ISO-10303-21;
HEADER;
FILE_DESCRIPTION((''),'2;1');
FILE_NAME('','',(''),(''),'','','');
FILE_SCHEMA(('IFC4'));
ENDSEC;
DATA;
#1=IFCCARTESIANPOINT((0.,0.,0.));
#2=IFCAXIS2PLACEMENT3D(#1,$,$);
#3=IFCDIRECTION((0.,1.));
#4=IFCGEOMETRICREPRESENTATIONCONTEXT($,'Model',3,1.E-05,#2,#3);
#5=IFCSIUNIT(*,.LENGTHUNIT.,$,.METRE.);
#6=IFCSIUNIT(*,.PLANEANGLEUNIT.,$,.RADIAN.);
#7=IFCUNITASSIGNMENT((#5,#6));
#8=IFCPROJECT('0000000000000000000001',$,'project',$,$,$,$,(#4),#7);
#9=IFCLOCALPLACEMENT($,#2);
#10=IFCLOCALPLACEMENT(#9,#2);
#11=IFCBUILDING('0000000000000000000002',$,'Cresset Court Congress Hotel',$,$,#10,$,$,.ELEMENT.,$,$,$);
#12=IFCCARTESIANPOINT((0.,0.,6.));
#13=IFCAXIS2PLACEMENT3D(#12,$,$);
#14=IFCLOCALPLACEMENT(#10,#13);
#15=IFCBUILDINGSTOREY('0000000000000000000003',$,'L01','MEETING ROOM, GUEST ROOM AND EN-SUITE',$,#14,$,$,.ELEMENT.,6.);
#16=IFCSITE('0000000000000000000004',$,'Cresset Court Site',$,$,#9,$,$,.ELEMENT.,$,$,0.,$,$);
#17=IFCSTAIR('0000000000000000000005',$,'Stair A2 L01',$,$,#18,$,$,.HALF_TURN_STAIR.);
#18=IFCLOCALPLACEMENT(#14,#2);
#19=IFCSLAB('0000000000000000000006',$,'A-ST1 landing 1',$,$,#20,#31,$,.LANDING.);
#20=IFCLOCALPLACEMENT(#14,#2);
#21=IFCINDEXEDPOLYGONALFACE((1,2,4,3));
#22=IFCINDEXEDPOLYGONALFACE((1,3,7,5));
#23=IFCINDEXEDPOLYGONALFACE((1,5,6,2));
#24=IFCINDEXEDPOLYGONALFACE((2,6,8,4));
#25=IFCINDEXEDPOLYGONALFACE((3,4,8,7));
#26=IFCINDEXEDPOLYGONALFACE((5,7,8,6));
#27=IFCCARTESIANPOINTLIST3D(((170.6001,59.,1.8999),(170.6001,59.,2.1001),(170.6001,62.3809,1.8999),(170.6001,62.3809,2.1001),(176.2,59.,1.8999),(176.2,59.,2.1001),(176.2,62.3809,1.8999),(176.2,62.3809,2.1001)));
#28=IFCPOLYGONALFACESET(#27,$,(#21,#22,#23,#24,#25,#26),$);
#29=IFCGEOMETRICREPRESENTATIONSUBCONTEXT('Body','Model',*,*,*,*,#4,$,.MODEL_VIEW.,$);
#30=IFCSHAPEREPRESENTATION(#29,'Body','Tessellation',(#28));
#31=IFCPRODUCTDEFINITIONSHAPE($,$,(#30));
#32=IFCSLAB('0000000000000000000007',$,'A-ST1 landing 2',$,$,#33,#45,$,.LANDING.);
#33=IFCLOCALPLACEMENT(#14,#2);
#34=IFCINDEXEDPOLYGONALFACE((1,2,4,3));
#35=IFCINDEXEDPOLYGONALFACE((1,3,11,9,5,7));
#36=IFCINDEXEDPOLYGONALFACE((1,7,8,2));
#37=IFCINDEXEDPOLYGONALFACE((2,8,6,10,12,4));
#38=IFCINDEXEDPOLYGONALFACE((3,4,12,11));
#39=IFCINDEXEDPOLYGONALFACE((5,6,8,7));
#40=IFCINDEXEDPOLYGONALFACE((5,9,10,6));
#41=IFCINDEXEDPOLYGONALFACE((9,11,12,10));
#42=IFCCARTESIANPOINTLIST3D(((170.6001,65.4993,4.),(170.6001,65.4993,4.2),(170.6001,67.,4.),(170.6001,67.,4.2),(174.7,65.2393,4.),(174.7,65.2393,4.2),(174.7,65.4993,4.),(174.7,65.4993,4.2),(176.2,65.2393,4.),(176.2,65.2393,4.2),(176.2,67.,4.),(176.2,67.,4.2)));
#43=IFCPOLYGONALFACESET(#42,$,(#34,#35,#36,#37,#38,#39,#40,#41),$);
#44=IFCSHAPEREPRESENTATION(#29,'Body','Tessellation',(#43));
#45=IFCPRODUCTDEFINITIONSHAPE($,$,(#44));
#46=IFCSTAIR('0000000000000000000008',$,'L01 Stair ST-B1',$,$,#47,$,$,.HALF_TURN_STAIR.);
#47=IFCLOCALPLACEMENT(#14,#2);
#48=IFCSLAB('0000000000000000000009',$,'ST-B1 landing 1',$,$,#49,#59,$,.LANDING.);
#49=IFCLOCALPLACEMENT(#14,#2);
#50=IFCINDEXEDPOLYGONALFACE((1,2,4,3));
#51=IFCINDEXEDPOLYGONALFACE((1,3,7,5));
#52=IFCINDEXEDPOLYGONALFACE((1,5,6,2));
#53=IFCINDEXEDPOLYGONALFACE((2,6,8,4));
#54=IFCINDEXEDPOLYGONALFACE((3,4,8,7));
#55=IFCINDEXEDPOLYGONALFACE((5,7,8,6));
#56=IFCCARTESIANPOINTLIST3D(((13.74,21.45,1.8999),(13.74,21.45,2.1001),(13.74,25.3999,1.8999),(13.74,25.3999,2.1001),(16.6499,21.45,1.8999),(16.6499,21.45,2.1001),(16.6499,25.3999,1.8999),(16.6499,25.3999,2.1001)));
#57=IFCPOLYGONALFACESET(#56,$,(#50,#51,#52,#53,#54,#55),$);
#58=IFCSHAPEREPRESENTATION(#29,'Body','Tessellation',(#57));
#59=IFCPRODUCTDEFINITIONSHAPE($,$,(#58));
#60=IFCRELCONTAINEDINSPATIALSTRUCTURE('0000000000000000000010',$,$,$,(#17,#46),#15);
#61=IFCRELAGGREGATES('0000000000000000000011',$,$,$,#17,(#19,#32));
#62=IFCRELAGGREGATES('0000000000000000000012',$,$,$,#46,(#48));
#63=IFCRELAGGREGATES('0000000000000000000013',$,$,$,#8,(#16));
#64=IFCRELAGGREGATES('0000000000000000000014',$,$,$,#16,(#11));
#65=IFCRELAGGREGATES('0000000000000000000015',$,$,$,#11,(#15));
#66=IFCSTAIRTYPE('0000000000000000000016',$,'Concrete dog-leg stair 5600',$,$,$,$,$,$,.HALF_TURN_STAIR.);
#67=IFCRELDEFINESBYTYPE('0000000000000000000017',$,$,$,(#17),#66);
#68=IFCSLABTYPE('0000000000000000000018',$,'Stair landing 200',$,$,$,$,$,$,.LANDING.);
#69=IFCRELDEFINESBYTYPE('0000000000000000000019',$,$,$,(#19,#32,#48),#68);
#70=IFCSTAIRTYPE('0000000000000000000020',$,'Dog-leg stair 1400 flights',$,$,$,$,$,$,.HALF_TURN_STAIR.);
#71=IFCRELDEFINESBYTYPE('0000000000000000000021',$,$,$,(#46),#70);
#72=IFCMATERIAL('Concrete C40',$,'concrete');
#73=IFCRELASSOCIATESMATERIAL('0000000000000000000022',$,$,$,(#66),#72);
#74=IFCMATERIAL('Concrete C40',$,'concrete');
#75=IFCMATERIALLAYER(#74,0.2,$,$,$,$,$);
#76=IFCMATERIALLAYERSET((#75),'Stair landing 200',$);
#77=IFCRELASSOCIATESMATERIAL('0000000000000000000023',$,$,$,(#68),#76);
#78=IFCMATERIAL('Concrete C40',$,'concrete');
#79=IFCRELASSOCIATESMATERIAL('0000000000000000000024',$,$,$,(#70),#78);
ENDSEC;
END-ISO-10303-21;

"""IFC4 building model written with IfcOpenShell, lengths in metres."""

from ifc_helpers import new_model, si_unit, direction, frame, origin, place, context, subcontext, project, spatial, polyline, outline, extrude, material, layer, layer_set, type_object, element, aggregate, save


model = new_model("IFC4")

# Units and contexts
model_context = context("Model", 3, precision=1e-05, world=origin(), true_north=direction((0.0, 1.0)))
body_context = subcontext(model_context, "Body", "Model", "MODEL_VIEW")
ifc_project = project(units=[si_unit("LENGTHUNIT", "METRE"), si_unit("PLANEANGLEUNIT", "RADIAN")], contexts=[model_context])

# Site, building, storey
site_placement = place(None, origin())
site = spatial("IfcSite", under=ifc_project, at=site_placement, Name="Cresset Court Site", CompositionType="ELEMENT", RefElevation=0.0)
building_placement = place(site_placement, origin())
building = spatial("IfcBuilding", under=site, at=building_placement, Name="Cresset Court Congress Hotel", CompositionType="ELEMENT")
storey_placement = place(building_placement, frame((0.0, 0.0, 6.0)))
storey = spatial("IfcBuildingStorey", under=building, at=storey_placement, Name="L01", Description="MEETING ROOM, GUEST ROOM AND EN-SUITE", CompositionType="ELEMENT", Elevation=6.0)

# Stair, slabs
ifc_material_1 = material(Name="Concrete C40", Category="concrete")
stair_type_1 = type_object("IfcStairType", Name="Concrete dog-leg stair 5600", PredefinedType="HALF_TURN_STAIR", material=ifc_material_1)
ifc_material_2 = material(Name="Concrete C40", Category="concrete")
ifc_layer_1 = layer(ifc_material_2, 0.2)
ifc_layer_set_1 = layer_set([ifc_layer_1], Name="Stair landing 200")
slab_type_1 = type_object("IfcSlabType", Name="Stair landing 200", PredefinedType="LANDING", material=ifc_layer_set_1)
stair_1_placement = place(storey_placement, origin())
stair_1 = element("IfcStair", 1, at=stair_1_placement, inside=storey, type_object=stair_type_1, Name="Stair A2 L01", PredefinedType="HALF_TURN_STAIR")
slab_1_placement = place(storey_placement, frame((0.0, 0.0, 1.8999)))
slab_1 = element("IfcSlab", 2, at=slab_1_placement, type_object=slab_type_1, Name="A-ST1 landing 1", PredefinedType="LANDING", context=body_context, shape_type="SweptSolid", body=[
    extrude(outline(polyline([(170.6001, 62.3809), (176.2, 62.3809), (176.2, 59.0), (170.6001, 59.0), (170.6001, 62.3809)])), origin(), (0.0, 0.0, 1.0), 0.2002),
])
slab_2_placement = place(storey_placement, frame((0.0, 0.0, 4.0)))
slab_2 = element("IfcSlab", 3, at=slab_2_placement, type_object=slab_type_1, Name="A-ST1 landing 2", PredefinedType="LANDING", context=body_context, shape_type="SweptSolid", body=[
    extrude(outline(polyline([(170.6001, 67.0), (176.2, 67.0), (176.2, 65.2393), (174.7, 65.2393), (174.7, 65.4993), (170.6001, 65.4993), (170.6001, 67.0)])), origin(), (0.0, 0.0, 1.0), 0.2),
])
aggregate(stair_1, [slab_1, slab_2])

# Stair, slab
ifc_material_3 = material(Name="Concrete C40", Category="concrete")
stair_type_2 = type_object("IfcStairType", Name="Dog-leg stair 1400 flights", PredefinedType="HALF_TURN_STAIR", material=ifc_material_3)
stair_2_placement = place(storey_placement, origin())
stair_2 = element("IfcStair", 4, at=stair_2_placement, inside=storey, type_object=stair_type_2, Name="L01 Stair ST-B1", PredefinedType="HALF_TURN_STAIR")
slab_3_placement = place(storey_placement, frame((0.0, 0.0, 1.8999)))
slab_3 = element("IfcSlab", 5, at=slab_3_placement, type_object=slab_type_1, Name="ST-B1 landing 1", PredefinedType="LANDING", context=body_context, shape_type="SweptSolid", body=[
    extrude(outline(polyline([(13.74, 21.45), (16.6499, 21.45), (16.6499, 25.3999), (13.74, 25.3999), (13.74, 21.45)])), origin(), (0.0, 0.0, 1.0), 0.2002),
])
aggregate(stair_2, [slab_3])

save(model, "model.ifc")
